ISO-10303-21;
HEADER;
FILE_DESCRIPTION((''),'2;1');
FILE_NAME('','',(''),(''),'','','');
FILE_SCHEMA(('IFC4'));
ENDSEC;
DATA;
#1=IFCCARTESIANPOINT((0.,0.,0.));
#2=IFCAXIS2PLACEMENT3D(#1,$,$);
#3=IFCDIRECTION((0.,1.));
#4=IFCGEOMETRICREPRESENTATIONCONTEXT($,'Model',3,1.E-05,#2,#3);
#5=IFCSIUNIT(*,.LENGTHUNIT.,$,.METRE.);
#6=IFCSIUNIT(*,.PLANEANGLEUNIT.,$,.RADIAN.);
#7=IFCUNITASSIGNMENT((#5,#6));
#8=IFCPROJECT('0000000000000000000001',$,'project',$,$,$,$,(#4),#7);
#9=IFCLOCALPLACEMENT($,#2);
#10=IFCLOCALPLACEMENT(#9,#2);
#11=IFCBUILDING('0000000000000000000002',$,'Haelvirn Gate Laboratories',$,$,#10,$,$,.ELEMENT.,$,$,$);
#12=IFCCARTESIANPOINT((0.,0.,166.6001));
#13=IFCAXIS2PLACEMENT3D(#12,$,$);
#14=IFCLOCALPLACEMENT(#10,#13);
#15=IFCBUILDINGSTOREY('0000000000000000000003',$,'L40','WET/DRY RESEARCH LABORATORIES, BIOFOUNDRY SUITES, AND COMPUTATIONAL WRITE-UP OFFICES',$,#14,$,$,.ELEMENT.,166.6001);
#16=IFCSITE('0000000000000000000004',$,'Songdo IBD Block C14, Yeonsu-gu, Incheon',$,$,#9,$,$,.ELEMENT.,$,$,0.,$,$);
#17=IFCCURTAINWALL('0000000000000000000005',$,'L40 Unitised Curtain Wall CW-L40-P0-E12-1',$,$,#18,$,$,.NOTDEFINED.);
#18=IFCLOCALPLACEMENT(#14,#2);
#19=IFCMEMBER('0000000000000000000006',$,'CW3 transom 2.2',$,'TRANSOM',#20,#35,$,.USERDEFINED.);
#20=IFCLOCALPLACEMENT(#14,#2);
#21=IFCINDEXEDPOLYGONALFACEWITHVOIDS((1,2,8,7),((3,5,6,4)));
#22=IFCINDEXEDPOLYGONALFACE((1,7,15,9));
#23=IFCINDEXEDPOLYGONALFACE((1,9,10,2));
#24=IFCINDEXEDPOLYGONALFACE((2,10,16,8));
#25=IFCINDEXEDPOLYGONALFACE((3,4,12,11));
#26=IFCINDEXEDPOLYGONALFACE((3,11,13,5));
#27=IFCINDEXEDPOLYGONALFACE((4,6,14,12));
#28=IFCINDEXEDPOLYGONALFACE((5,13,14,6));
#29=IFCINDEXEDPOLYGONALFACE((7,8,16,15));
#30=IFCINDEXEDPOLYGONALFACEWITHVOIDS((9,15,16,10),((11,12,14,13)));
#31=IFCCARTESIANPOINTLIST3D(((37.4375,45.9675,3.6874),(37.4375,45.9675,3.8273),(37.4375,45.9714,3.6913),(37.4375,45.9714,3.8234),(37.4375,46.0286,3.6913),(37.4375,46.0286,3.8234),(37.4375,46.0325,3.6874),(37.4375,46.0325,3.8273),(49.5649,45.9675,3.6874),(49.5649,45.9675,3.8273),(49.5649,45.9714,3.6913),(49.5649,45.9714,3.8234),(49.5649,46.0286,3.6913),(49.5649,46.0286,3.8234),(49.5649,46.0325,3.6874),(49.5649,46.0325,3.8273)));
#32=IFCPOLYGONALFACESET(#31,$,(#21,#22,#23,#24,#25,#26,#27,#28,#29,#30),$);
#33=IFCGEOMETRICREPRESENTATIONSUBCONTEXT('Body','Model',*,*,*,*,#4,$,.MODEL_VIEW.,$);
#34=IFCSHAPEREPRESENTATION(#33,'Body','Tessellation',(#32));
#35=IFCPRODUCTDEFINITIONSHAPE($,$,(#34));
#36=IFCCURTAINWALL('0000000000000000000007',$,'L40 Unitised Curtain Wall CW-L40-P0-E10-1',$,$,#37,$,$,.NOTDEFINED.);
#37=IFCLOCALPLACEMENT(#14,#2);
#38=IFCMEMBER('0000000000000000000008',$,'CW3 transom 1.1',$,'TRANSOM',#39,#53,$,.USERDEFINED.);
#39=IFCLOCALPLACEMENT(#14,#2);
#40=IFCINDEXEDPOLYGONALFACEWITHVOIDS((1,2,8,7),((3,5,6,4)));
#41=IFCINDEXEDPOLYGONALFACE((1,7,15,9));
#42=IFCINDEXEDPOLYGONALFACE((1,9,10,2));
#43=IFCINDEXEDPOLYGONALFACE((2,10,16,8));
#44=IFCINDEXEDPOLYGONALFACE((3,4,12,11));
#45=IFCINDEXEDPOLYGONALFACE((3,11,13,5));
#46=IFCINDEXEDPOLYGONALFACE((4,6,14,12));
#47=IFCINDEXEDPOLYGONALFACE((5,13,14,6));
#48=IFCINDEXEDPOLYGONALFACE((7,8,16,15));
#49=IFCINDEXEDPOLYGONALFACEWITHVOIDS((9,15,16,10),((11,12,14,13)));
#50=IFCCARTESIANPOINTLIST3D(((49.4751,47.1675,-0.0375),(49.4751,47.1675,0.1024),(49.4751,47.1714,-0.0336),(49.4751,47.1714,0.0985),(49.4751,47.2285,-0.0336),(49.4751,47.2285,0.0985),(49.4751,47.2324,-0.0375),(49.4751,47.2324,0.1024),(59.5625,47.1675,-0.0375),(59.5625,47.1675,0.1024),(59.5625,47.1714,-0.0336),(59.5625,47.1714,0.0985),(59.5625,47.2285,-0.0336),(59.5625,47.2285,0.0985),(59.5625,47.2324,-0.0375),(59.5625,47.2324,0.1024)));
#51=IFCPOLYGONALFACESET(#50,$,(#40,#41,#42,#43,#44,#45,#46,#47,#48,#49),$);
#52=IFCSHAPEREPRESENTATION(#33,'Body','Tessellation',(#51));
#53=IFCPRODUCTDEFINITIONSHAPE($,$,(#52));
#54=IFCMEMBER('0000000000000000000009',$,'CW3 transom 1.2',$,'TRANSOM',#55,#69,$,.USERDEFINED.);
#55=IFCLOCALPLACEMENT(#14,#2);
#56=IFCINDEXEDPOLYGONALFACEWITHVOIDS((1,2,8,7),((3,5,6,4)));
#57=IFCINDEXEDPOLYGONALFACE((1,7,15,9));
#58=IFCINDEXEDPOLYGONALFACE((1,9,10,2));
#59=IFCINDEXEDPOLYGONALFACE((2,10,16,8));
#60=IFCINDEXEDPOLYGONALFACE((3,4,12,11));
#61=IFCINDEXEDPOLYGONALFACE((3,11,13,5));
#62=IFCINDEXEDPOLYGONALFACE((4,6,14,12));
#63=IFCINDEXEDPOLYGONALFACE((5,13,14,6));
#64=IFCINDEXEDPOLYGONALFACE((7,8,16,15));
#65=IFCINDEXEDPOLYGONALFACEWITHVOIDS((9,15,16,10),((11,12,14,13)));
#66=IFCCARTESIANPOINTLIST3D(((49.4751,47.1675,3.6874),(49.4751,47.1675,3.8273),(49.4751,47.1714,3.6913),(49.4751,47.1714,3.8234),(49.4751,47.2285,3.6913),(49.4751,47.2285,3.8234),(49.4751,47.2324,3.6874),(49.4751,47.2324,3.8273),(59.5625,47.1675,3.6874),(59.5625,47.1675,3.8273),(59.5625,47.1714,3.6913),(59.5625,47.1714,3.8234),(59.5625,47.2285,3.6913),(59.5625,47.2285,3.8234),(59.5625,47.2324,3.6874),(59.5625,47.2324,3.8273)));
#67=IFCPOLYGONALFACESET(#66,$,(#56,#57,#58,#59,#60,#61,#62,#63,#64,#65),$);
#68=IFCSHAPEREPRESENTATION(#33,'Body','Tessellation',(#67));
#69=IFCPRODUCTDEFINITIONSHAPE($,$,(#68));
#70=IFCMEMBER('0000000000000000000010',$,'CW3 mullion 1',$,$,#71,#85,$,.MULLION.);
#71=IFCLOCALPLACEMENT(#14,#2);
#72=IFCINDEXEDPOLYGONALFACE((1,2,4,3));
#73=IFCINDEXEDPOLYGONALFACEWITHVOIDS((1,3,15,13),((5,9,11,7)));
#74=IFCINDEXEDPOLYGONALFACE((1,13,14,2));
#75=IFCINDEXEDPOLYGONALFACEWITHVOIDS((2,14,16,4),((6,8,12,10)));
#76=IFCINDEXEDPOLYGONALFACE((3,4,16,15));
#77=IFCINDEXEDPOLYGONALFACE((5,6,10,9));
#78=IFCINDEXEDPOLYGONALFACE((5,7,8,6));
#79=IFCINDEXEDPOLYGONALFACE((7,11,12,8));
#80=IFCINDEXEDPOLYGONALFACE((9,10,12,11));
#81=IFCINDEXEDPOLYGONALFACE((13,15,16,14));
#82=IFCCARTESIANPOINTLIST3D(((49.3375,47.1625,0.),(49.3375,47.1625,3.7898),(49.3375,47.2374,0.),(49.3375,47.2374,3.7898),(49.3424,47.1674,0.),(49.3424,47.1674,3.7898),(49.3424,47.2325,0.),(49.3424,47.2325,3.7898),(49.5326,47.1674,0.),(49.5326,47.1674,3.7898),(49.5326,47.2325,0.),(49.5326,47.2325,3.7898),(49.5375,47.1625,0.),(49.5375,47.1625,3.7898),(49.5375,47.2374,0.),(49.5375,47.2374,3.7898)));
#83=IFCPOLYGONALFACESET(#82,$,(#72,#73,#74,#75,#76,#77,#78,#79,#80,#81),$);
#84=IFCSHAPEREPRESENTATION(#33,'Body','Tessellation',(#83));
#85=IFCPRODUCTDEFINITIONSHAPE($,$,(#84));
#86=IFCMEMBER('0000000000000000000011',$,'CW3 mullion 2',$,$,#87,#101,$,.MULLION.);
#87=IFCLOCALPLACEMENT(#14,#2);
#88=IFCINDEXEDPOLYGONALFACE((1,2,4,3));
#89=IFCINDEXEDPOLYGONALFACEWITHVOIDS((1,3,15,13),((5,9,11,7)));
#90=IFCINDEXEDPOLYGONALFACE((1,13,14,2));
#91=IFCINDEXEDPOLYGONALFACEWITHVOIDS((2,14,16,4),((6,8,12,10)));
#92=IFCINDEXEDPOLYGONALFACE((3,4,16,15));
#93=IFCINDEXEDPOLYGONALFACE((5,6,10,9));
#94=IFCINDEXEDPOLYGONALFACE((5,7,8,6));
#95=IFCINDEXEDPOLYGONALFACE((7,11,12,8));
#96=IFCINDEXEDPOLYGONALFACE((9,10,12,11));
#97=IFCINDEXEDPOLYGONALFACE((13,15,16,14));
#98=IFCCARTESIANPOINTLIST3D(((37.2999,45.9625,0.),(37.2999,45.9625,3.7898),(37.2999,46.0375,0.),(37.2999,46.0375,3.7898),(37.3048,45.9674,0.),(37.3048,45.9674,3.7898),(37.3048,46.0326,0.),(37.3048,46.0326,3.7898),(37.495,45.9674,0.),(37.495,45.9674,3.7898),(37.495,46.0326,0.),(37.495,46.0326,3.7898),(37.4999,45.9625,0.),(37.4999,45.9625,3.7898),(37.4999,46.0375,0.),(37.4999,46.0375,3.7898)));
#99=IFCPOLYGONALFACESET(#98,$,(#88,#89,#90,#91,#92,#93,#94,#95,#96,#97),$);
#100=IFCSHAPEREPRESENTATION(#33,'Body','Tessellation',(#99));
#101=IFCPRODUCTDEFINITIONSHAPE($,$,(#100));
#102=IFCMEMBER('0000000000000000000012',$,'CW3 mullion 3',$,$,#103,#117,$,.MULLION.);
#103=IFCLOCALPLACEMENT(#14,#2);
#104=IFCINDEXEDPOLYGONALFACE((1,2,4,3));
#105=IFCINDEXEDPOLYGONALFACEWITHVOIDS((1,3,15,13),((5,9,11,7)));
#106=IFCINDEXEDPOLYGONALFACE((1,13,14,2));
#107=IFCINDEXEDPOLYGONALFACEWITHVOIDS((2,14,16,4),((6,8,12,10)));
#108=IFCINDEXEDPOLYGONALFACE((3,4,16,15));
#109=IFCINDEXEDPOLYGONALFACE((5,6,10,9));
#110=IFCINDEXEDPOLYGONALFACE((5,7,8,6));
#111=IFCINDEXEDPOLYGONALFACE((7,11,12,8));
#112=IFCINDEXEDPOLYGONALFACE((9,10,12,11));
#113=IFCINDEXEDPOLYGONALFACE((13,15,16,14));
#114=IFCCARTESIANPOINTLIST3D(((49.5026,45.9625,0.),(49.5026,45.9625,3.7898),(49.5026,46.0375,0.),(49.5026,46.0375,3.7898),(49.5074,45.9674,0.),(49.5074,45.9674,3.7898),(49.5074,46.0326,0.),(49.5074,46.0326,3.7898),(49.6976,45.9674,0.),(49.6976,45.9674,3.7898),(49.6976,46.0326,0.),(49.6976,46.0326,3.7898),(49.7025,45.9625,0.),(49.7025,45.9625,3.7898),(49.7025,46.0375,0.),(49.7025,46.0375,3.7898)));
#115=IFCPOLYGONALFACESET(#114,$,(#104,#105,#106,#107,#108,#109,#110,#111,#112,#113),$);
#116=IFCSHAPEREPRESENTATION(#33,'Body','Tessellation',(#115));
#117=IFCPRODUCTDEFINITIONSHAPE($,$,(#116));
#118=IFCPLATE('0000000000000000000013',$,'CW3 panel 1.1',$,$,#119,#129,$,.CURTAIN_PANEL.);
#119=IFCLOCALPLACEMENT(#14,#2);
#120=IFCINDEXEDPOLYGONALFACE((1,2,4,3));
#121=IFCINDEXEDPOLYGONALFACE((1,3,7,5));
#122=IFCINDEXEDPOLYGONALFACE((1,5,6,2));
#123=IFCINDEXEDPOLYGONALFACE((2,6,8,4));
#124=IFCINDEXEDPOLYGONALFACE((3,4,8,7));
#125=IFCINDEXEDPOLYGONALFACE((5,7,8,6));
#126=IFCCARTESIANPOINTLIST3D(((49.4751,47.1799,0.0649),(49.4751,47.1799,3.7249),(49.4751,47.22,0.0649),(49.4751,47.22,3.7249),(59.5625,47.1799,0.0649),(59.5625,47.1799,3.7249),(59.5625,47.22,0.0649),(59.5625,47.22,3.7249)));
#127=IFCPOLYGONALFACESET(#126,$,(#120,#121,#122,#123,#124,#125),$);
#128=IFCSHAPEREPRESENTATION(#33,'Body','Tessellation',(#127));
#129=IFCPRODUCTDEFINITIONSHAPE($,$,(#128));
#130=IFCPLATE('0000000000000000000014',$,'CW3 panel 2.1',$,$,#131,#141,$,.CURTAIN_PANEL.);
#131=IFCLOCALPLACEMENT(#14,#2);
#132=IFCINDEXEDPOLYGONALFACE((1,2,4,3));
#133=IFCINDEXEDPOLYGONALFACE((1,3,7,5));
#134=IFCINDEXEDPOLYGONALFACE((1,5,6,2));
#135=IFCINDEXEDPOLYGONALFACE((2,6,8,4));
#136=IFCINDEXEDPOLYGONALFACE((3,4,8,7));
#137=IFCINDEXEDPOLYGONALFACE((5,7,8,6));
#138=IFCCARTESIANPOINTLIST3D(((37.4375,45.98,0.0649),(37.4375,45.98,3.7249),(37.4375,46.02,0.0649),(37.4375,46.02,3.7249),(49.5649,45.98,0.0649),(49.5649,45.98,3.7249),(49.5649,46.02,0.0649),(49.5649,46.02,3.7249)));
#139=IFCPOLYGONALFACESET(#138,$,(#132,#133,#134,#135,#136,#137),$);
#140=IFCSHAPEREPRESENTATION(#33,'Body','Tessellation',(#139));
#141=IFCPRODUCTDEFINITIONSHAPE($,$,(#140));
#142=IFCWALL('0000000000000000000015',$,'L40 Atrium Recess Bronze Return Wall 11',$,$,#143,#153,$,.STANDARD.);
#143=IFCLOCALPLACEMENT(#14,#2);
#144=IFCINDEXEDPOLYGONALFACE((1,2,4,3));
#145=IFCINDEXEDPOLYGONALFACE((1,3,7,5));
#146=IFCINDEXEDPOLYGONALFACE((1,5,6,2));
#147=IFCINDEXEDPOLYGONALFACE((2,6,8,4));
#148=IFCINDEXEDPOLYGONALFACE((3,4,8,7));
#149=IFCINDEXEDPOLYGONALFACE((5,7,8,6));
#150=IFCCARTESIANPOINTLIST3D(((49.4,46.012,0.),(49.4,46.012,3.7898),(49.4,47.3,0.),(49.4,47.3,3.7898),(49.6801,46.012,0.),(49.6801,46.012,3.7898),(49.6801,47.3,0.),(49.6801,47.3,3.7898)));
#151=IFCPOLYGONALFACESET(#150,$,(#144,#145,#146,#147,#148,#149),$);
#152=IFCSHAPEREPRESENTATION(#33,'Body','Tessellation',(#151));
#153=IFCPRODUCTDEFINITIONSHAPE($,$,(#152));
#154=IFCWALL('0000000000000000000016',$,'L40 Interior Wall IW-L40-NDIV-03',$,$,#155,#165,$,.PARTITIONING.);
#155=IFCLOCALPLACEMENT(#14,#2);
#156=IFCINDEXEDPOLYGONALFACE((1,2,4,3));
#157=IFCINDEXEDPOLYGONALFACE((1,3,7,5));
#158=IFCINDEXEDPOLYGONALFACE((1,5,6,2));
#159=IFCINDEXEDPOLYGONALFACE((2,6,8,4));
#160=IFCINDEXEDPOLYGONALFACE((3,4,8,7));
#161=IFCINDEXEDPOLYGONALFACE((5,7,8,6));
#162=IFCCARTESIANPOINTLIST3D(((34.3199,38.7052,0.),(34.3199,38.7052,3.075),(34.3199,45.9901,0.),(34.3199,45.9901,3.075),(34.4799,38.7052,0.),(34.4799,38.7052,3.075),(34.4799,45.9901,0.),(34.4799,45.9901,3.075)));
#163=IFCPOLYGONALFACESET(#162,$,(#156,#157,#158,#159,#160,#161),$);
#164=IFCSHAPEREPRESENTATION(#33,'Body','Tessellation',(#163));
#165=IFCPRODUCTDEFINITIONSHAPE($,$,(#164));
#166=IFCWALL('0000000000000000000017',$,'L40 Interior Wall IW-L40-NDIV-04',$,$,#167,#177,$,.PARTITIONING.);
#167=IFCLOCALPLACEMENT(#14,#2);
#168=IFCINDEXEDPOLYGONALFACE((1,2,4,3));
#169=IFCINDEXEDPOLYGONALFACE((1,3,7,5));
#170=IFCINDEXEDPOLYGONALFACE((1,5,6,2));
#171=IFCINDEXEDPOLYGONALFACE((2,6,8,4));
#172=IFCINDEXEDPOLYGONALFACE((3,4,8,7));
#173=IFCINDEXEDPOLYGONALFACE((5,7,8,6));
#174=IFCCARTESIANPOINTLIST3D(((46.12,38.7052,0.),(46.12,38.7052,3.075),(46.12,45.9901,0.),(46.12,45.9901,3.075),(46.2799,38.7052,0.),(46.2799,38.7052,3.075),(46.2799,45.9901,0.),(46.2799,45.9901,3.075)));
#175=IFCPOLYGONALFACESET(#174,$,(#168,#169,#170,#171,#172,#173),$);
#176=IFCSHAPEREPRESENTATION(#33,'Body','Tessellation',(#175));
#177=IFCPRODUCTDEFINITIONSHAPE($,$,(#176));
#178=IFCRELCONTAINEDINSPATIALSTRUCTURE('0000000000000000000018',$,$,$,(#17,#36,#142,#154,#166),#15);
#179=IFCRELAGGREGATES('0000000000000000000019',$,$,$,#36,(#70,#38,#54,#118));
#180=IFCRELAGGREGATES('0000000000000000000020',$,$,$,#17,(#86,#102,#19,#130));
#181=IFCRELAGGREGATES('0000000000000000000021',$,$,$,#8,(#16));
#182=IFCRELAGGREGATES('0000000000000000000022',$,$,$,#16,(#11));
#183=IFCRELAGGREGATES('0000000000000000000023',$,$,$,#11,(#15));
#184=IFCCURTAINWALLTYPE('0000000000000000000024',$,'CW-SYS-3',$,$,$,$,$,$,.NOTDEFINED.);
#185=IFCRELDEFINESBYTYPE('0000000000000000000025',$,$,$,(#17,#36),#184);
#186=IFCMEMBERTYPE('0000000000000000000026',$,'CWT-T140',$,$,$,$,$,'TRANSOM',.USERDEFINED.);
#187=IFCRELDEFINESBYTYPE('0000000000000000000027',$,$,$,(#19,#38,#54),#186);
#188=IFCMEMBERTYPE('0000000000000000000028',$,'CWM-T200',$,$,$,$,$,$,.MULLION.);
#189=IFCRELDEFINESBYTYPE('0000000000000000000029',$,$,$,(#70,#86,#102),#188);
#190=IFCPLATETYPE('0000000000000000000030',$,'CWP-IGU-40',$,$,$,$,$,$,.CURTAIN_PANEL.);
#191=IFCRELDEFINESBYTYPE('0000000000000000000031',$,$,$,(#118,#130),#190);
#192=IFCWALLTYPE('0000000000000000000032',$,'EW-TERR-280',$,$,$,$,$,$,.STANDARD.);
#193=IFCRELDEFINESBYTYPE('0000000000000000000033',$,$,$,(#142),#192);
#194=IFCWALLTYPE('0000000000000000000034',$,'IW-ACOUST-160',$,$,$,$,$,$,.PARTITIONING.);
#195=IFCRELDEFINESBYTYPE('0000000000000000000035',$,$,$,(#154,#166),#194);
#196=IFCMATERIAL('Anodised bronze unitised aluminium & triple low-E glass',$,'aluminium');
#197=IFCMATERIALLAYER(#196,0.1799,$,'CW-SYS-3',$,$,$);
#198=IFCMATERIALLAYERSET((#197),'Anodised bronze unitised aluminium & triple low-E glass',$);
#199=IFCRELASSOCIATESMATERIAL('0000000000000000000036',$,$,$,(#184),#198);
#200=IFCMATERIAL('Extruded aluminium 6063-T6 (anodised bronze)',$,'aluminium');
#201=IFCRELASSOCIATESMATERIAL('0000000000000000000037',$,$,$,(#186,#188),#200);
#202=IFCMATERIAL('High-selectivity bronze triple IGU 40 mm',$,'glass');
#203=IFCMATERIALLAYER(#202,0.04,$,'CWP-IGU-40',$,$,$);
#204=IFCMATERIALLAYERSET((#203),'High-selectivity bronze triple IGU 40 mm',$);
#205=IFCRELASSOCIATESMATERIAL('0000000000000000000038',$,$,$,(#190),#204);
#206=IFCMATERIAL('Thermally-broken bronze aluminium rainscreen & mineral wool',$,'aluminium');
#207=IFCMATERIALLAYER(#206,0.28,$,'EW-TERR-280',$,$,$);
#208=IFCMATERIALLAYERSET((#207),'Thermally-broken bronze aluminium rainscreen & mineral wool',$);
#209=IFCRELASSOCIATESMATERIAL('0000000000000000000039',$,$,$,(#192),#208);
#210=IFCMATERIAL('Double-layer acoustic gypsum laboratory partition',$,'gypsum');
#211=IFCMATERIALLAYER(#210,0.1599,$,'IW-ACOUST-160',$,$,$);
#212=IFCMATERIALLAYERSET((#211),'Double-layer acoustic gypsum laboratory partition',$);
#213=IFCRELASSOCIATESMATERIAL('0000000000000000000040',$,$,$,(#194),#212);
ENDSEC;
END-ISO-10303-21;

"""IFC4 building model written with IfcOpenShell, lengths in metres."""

from ifc_helpers import new_model, si_unit, direction, frame, frame_2d, origin, origin_2d, place, context, subcontext, project, spatial, rectangle, hollow_rectangle, extrude, source, transform, mapped, material, layer, layer_set, material_profile, profile_set, type_object, type_shapes, element, aggregate, save


model = new_model("IFC4")

# Units and contexts
model_context = context("Model", 3, precision=1e-05, world=origin(), true_north=direction((0.0, 1.0)))
body_context = subcontext(model_context, "Body", "Model", "MODEL_VIEW")
ifc_project = project(units=[si_unit("LENGTHUNIT", "METRE"), si_unit("PLANEANGLEUNIT", "RADIAN")], contexts=[model_context])

# Site, building, storey
site_placement = place(None, origin())
site = spatial("IfcSite", under=ifc_project, at=site_placement, Name="Songdo IBD Block C14, Yeonsu-gu, Incheon", CompositionType="ELEMENT", RefElevation=0.0)
building_placement = place(site_placement, origin())
building = spatial("IfcBuilding", under=site, at=building_placement, Name="Haelvirn Gate Laboratories", CompositionType="ELEMENT")
storey_placement = place(building_placement, frame((0.0, 0.0, 166.6001)))
storey = spatial("IfcBuildingStorey", under=building, at=storey_placement, Name="L40", Description="WET/DRY RESEARCH LABORATORIES, BIOFOUNDRY SUITES, AND COMPUTATIONAL WRITE-UP OFFICES", CompositionType="ELEMENT", Elevation=166.6001)

# Curtain walls, members
ifc_material_1 = material(Name="Anodised bronze unitised aluminium & triple low-E glass", Category="aluminium")
ifc_layer_1 = layer(ifc_material_1, 0.1799, Name="CW-SYS-3")
ifc_layer_set_1 = layer_set([ifc_layer_1], Name="Anodised bronze unitised aluminium & triple low-E glass")
curtain_wall_type = type_object("IfcCurtainWallType", Name="CW-SYS-3", PredefinedType="NOTDEFINED", material=ifc_layer_set_1)
curtain_wall_1_placement = place(storey_placement, origin())
curtain_wall_1 = element("IfcCurtainWall", 1, at=curtain_wall_1_placement, inside=storey, type_object=curtain_wall_type, Name="L40 Unitised Curtain Wall CW-L40-P0-E12-1", PredefinedType="NOTDEFINED")
ifc_material_2 = material(Name="Extruded aluminium 6063-T6 (anodised bronze)", Category="aluminium")
ifc_material_profile_1 = material_profile(ifc_material_2, hollow_rectangle(XDim=0.0649, YDim=0.1399, WallThickness=0.0039, at=origin_2d()), Name="CWT-140x65x4")
ifc_profile_set_1 = profile_set([ifc_material_profile_1], Name="Extruded aluminium 6063-T6 (anodised bronze)")
member_type_1 = type_object("IfcMemberType", Name="CWT-T140", ElementType="TRANSOM", PredefinedType="USERDEFINED", material=ifc_profile_set_1)
shared_shape_1 = source(origin(), body_context, "Body", "SweptSolid", [
    extrude(hollow_rectangle(XDim=0.0649, YDim=0.1399, WallThickness=0.0039, at=origin_2d()), origin(), (0.0, 0.0, 1.0), 12.1274),
])
member_1_placement = place(storey_placement, frame((37.4375, 46.0, 3.7573), z_axis=(1.0, 0.0, 0.0), x_axis=(0.0, 1.0, 0.0)))
member_1 = element("IfcMember", 2, at=member_1_placement, type_object=member_type_1, Name="CW3 transom 2.2", ObjectType="TRANSOM", PredefinedType="USERDEFINED", context=body_context, shape_type="MappedRepresentation", body=[
    mapped(shared_shape_1, transform((0.0, 0.0, 0.0), scale=1.0)),
])
curtain_wall_2_placement = place(storey_placement, origin())
curtain_wall_2 = element("IfcCurtainWall", 3, at=curtain_wall_2_placement, inside=storey, type_object=curtain_wall_type, Name="L40 Unitised Curtain Wall CW-L40-P0-E10-1", PredefinedType="NOTDEFINED")
shared_shape_2 = source(origin(), body_context, "Body", "SweptSolid", [
    extrude(hollow_rectangle(XDim=0.0649, YDim=0.1399, WallThickness=0.0039, at=origin_2d()), origin(), (0.0, 0.0, 1.0), 10.0874),
])
type_shapes(member_type_1, [shared_shape_1, shared_shape_2])
member_2_placement = place(storey_placement, frame((49.4751, 47.2, 0.0325), z_axis=(1.0, 0.0, 0.0), x_axis=(0.0, 1.0, 0.0)))
member_2 = element("IfcMember", 4, at=member_2_placement, type_object=member_type_1, Name="CW3 transom 1.1", ObjectType="TRANSOM", PredefinedType="USERDEFINED", context=body_context, shape_type="MappedRepresentation", body=[
    mapped(shared_shape_2, transform((0.0, 0.0, 0.0), scale=1.0)),
])
member_3_placement = place(storey_placement, frame((49.4751, 47.2, 3.7573), z_axis=(1.0, 0.0, 0.0), x_axis=(0.0, 1.0, 0.0)))
member_3 = element("IfcMember", 5, at=member_3_placement, type_object=member_type_1, Name="CW3 transom 1.2", ObjectType="TRANSOM", PredefinedType="USERDEFINED", context=body_context, shape_type="MappedRepresentation", body=[
    mapped(shared_shape_2, transform((0.0, 0.0, 0.0), scale=1.0)),
])
ifc_material_profile_2 = material_profile(ifc_material_2, hollow_rectangle(XDim=0.075, YDim=0.2, WallThickness=0.0049, at=origin_2d()), Name="CWM-200x75x5")
ifc_profile_set_2 = profile_set([ifc_material_profile_2], Name="Extruded aluminium 6063-T6 (anodised bronze)")
member_type_2 = type_object("IfcMemberType", Name="CWM-T200", PredefinedType="MULLION", material=ifc_profile_set_2)
shared_shape_3 = source(origin(), body_context, "Body", "SweptSolid", [
    extrude(hollow_rectangle(XDim=0.075, YDim=0.2, WallThickness=0.0049, at=origin_2d()), origin(), (0.0, 0.0, 1.0), 3.7898),
])
type_shapes(member_type_2, [shared_shape_3])
member_4_placement = place(storey_placement, frame((49.4375, 47.2, 0.0), z_axis=(0.0, 0.0, 1.0), x_axis=(0.0, 1.0, 0.0)))
member_4 = element("IfcMember", 6, at=member_4_placement, type_object=member_type_2, Name="CW3 mullion 1", PredefinedType="MULLION", context=body_context, shape_type="MappedRepresentation", body=[
    mapped(shared_shape_3, transform((0.0, 0.0, 0.0), scale=1.0)),
])

# Members
member_5_placement = place(storey_placement, frame((37.3999, 46.0, 0.0), z_axis=(0.0, 0.0, 1.0), x_axis=(0.0, 1.0, 0.0)))
member_5 = element("IfcMember", 7, at=member_5_placement, type_object=member_type_2, Name="CW3 mullion 2", PredefinedType="MULLION", context=body_context, shape_type="MappedRepresentation", body=[
    mapped(shared_shape_3, transform((0.0, 0.0, 0.0), scale=1.0)),
])
member_6_placement = place(storey_placement, frame((49.6025, 46.0, 0.0), z_axis=(0.0, 0.0, 1.0), x_axis=(0.0, 1.0, 0.0)))
member_6 = element("IfcMember", 8, at=member_6_placement, type_object=member_type_2, Name="CW3 mullion 3", PredefinedType="MULLION", context=body_context, shape_type="MappedRepresentation", body=[
    mapped(shared_shape_3, transform((0.0, 0.0, 0.0), scale=1.0)),
])

# Plates
ifc_material_3 = material(Name="High-selectivity bronze triple IGU 40 mm", Category="glass")
ifc_layer_2 = layer(ifc_material_3, 0.04, Name="CWP-IGU-40")
ifc_layer_set_2 = layer_set([ifc_layer_2], Name="High-selectivity bronze triple IGU 40 mm")
plate_type = type_object("IfcPlateType", Name="CWP-IGU-40", PredefinedType="CURTAIN_PANEL", material=ifc_layer_set_2)
shared_shape_4 = source(origin(), body_context, "Body", "SweptSolid", [
    extrude(rectangle(XDim=10.0874, YDim=0.04, at=origin_2d()), origin(), (0.0, 0.0, 1.0), 3.6599),
])
plate_1_placement = place(storey_placement, frame((54.5188, 47.2, 0.0649), z_axis=(0.0, 0.0, 1.0), x_axis=(1.0, 0.0, 0.0)))
plate_1 = element("IfcPlate", 9, at=plate_1_placement, type_object=plate_type, Name="CW3 panel 1.1", PredefinedType="CURTAIN_PANEL", context=body_context, shape_type="MappedRepresentation", body=[
    mapped(shared_shape_4, transform((0.0, 0.0, 0.0), scale=1.0)),
])
aggregate(curtain_wall_2, [member_4, member_2, member_3, plate_1])
shared_shape_5 = source(origin(), body_context, "Body", "SweptSolid", [
    extrude(rectangle(XDim=12.1274, YDim=0.04, at=origin_2d()), origin(), (0.0, 0.0, 1.0), 3.6599),
])
type_shapes(plate_type, [shared_shape_4, shared_shape_5])
plate_2_placement = place(storey_placement, frame((43.5012, 46.0, 0.0649), z_axis=(0.0, 0.0, 1.0), x_axis=(1.0, 0.0, 0.0)))
plate_2 = element("IfcPlate", 10, at=plate_2_placement, type_object=plate_type, Name="CW3 panel 2.1", PredefinedType="CURTAIN_PANEL", context=body_context, shape_type="MappedRepresentation", body=[
    mapped(shared_shape_5, transform((0.0, 0.0, 0.0), scale=1.0)),
])
aggregate(curtain_wall_1, [member_5, member_6, member_1, plate_2])

# Walls
ifc_material_4 = material(Name="Thermally-broken bronze aluminium rainscreen & mineral wool", Category="aluminium")
ifc_layer_3 = layer(ifc_material_4, 0.28, Name="EW-TERR-280")
ifc_layer_set_3 = layer_set([ifc_layer_3], Name="Thermally-broken bronze aluminium rainscreen & mineral wool")
wall_type_1 = type_object("IfcWallType", Name="EW-TERR-280", PredefinedType="STANDARD", material=ifc_layer_set_3)
wall_1_placement = place(storey_placement, frame((49.54, 47.3, 0.0), z_axis=(0.0, 0.0, 1.0), x_axis=(0.0, -1.0, 0.0)))
element("IfcWall", 11, at=wall_1_placement, inside=storey, type_object=wall_type_1, Name="L40 Atrium Recess Bronze Return Wall 11", PredefinedType="STANDARD", context=body_context, shape_type="SweptSolid", body=[
    extrude(rectangle(XDim=1.2881, YDim=0.28, at=frame_2d((0.644, 0.0))), origin(), (0.0, 0.0, 1.0), 3.7898),
])
ifc_material_5 = material(Name="Double-layer acoustic gypsum laboratory partition", Category="gypsum")
ifc_layer_4 = layer(ifc_material_5, 0.1599, Name="IW-ACOUST-160")
ifc_layer_set_4 = layer_set([ifc_layer_4], Name="Double-layer acoustic gypsum laboratory partition")
wall_type_2 = type_object("IfcWallType", Name="IW-ACOUST-160", PredefinedType="PARTITIONING", material=ifc_layer_set_4)
for number, where, z_axis, x_axis, name in (
    (12, (34.3999, 38.7051, 0.0), (0.0, 0.0, 1.0), (0.0, 1.0, 0.0), "L40 Interior Wall IW-L40-NDIV-03"),
    (13, (46.2, 38.7051, 0.0), (0.0, 0.0, 1.0), (0.0, 1.0, 0.0), "L40 Interior Wall IW-L40-NDIV-04"),
):
    element("IfcWall", number, at=place(storey_placement, frame(where, z_axis=z_axis, x_axis=x_axis)), inside=storey, type_object=wall_type_2, Name=name, PredefinedType="PARTITIONING", context=body_context, shape_type="SweptSolid", body=[
        extrude(rectangle(XDim=7.2849, YDim=0.1599, at=frame_2d((3.6426, 0.0))), origin(), (0.0, 0.0, 1.0), 3.075),
    ])

save(model, "model.ifc")
